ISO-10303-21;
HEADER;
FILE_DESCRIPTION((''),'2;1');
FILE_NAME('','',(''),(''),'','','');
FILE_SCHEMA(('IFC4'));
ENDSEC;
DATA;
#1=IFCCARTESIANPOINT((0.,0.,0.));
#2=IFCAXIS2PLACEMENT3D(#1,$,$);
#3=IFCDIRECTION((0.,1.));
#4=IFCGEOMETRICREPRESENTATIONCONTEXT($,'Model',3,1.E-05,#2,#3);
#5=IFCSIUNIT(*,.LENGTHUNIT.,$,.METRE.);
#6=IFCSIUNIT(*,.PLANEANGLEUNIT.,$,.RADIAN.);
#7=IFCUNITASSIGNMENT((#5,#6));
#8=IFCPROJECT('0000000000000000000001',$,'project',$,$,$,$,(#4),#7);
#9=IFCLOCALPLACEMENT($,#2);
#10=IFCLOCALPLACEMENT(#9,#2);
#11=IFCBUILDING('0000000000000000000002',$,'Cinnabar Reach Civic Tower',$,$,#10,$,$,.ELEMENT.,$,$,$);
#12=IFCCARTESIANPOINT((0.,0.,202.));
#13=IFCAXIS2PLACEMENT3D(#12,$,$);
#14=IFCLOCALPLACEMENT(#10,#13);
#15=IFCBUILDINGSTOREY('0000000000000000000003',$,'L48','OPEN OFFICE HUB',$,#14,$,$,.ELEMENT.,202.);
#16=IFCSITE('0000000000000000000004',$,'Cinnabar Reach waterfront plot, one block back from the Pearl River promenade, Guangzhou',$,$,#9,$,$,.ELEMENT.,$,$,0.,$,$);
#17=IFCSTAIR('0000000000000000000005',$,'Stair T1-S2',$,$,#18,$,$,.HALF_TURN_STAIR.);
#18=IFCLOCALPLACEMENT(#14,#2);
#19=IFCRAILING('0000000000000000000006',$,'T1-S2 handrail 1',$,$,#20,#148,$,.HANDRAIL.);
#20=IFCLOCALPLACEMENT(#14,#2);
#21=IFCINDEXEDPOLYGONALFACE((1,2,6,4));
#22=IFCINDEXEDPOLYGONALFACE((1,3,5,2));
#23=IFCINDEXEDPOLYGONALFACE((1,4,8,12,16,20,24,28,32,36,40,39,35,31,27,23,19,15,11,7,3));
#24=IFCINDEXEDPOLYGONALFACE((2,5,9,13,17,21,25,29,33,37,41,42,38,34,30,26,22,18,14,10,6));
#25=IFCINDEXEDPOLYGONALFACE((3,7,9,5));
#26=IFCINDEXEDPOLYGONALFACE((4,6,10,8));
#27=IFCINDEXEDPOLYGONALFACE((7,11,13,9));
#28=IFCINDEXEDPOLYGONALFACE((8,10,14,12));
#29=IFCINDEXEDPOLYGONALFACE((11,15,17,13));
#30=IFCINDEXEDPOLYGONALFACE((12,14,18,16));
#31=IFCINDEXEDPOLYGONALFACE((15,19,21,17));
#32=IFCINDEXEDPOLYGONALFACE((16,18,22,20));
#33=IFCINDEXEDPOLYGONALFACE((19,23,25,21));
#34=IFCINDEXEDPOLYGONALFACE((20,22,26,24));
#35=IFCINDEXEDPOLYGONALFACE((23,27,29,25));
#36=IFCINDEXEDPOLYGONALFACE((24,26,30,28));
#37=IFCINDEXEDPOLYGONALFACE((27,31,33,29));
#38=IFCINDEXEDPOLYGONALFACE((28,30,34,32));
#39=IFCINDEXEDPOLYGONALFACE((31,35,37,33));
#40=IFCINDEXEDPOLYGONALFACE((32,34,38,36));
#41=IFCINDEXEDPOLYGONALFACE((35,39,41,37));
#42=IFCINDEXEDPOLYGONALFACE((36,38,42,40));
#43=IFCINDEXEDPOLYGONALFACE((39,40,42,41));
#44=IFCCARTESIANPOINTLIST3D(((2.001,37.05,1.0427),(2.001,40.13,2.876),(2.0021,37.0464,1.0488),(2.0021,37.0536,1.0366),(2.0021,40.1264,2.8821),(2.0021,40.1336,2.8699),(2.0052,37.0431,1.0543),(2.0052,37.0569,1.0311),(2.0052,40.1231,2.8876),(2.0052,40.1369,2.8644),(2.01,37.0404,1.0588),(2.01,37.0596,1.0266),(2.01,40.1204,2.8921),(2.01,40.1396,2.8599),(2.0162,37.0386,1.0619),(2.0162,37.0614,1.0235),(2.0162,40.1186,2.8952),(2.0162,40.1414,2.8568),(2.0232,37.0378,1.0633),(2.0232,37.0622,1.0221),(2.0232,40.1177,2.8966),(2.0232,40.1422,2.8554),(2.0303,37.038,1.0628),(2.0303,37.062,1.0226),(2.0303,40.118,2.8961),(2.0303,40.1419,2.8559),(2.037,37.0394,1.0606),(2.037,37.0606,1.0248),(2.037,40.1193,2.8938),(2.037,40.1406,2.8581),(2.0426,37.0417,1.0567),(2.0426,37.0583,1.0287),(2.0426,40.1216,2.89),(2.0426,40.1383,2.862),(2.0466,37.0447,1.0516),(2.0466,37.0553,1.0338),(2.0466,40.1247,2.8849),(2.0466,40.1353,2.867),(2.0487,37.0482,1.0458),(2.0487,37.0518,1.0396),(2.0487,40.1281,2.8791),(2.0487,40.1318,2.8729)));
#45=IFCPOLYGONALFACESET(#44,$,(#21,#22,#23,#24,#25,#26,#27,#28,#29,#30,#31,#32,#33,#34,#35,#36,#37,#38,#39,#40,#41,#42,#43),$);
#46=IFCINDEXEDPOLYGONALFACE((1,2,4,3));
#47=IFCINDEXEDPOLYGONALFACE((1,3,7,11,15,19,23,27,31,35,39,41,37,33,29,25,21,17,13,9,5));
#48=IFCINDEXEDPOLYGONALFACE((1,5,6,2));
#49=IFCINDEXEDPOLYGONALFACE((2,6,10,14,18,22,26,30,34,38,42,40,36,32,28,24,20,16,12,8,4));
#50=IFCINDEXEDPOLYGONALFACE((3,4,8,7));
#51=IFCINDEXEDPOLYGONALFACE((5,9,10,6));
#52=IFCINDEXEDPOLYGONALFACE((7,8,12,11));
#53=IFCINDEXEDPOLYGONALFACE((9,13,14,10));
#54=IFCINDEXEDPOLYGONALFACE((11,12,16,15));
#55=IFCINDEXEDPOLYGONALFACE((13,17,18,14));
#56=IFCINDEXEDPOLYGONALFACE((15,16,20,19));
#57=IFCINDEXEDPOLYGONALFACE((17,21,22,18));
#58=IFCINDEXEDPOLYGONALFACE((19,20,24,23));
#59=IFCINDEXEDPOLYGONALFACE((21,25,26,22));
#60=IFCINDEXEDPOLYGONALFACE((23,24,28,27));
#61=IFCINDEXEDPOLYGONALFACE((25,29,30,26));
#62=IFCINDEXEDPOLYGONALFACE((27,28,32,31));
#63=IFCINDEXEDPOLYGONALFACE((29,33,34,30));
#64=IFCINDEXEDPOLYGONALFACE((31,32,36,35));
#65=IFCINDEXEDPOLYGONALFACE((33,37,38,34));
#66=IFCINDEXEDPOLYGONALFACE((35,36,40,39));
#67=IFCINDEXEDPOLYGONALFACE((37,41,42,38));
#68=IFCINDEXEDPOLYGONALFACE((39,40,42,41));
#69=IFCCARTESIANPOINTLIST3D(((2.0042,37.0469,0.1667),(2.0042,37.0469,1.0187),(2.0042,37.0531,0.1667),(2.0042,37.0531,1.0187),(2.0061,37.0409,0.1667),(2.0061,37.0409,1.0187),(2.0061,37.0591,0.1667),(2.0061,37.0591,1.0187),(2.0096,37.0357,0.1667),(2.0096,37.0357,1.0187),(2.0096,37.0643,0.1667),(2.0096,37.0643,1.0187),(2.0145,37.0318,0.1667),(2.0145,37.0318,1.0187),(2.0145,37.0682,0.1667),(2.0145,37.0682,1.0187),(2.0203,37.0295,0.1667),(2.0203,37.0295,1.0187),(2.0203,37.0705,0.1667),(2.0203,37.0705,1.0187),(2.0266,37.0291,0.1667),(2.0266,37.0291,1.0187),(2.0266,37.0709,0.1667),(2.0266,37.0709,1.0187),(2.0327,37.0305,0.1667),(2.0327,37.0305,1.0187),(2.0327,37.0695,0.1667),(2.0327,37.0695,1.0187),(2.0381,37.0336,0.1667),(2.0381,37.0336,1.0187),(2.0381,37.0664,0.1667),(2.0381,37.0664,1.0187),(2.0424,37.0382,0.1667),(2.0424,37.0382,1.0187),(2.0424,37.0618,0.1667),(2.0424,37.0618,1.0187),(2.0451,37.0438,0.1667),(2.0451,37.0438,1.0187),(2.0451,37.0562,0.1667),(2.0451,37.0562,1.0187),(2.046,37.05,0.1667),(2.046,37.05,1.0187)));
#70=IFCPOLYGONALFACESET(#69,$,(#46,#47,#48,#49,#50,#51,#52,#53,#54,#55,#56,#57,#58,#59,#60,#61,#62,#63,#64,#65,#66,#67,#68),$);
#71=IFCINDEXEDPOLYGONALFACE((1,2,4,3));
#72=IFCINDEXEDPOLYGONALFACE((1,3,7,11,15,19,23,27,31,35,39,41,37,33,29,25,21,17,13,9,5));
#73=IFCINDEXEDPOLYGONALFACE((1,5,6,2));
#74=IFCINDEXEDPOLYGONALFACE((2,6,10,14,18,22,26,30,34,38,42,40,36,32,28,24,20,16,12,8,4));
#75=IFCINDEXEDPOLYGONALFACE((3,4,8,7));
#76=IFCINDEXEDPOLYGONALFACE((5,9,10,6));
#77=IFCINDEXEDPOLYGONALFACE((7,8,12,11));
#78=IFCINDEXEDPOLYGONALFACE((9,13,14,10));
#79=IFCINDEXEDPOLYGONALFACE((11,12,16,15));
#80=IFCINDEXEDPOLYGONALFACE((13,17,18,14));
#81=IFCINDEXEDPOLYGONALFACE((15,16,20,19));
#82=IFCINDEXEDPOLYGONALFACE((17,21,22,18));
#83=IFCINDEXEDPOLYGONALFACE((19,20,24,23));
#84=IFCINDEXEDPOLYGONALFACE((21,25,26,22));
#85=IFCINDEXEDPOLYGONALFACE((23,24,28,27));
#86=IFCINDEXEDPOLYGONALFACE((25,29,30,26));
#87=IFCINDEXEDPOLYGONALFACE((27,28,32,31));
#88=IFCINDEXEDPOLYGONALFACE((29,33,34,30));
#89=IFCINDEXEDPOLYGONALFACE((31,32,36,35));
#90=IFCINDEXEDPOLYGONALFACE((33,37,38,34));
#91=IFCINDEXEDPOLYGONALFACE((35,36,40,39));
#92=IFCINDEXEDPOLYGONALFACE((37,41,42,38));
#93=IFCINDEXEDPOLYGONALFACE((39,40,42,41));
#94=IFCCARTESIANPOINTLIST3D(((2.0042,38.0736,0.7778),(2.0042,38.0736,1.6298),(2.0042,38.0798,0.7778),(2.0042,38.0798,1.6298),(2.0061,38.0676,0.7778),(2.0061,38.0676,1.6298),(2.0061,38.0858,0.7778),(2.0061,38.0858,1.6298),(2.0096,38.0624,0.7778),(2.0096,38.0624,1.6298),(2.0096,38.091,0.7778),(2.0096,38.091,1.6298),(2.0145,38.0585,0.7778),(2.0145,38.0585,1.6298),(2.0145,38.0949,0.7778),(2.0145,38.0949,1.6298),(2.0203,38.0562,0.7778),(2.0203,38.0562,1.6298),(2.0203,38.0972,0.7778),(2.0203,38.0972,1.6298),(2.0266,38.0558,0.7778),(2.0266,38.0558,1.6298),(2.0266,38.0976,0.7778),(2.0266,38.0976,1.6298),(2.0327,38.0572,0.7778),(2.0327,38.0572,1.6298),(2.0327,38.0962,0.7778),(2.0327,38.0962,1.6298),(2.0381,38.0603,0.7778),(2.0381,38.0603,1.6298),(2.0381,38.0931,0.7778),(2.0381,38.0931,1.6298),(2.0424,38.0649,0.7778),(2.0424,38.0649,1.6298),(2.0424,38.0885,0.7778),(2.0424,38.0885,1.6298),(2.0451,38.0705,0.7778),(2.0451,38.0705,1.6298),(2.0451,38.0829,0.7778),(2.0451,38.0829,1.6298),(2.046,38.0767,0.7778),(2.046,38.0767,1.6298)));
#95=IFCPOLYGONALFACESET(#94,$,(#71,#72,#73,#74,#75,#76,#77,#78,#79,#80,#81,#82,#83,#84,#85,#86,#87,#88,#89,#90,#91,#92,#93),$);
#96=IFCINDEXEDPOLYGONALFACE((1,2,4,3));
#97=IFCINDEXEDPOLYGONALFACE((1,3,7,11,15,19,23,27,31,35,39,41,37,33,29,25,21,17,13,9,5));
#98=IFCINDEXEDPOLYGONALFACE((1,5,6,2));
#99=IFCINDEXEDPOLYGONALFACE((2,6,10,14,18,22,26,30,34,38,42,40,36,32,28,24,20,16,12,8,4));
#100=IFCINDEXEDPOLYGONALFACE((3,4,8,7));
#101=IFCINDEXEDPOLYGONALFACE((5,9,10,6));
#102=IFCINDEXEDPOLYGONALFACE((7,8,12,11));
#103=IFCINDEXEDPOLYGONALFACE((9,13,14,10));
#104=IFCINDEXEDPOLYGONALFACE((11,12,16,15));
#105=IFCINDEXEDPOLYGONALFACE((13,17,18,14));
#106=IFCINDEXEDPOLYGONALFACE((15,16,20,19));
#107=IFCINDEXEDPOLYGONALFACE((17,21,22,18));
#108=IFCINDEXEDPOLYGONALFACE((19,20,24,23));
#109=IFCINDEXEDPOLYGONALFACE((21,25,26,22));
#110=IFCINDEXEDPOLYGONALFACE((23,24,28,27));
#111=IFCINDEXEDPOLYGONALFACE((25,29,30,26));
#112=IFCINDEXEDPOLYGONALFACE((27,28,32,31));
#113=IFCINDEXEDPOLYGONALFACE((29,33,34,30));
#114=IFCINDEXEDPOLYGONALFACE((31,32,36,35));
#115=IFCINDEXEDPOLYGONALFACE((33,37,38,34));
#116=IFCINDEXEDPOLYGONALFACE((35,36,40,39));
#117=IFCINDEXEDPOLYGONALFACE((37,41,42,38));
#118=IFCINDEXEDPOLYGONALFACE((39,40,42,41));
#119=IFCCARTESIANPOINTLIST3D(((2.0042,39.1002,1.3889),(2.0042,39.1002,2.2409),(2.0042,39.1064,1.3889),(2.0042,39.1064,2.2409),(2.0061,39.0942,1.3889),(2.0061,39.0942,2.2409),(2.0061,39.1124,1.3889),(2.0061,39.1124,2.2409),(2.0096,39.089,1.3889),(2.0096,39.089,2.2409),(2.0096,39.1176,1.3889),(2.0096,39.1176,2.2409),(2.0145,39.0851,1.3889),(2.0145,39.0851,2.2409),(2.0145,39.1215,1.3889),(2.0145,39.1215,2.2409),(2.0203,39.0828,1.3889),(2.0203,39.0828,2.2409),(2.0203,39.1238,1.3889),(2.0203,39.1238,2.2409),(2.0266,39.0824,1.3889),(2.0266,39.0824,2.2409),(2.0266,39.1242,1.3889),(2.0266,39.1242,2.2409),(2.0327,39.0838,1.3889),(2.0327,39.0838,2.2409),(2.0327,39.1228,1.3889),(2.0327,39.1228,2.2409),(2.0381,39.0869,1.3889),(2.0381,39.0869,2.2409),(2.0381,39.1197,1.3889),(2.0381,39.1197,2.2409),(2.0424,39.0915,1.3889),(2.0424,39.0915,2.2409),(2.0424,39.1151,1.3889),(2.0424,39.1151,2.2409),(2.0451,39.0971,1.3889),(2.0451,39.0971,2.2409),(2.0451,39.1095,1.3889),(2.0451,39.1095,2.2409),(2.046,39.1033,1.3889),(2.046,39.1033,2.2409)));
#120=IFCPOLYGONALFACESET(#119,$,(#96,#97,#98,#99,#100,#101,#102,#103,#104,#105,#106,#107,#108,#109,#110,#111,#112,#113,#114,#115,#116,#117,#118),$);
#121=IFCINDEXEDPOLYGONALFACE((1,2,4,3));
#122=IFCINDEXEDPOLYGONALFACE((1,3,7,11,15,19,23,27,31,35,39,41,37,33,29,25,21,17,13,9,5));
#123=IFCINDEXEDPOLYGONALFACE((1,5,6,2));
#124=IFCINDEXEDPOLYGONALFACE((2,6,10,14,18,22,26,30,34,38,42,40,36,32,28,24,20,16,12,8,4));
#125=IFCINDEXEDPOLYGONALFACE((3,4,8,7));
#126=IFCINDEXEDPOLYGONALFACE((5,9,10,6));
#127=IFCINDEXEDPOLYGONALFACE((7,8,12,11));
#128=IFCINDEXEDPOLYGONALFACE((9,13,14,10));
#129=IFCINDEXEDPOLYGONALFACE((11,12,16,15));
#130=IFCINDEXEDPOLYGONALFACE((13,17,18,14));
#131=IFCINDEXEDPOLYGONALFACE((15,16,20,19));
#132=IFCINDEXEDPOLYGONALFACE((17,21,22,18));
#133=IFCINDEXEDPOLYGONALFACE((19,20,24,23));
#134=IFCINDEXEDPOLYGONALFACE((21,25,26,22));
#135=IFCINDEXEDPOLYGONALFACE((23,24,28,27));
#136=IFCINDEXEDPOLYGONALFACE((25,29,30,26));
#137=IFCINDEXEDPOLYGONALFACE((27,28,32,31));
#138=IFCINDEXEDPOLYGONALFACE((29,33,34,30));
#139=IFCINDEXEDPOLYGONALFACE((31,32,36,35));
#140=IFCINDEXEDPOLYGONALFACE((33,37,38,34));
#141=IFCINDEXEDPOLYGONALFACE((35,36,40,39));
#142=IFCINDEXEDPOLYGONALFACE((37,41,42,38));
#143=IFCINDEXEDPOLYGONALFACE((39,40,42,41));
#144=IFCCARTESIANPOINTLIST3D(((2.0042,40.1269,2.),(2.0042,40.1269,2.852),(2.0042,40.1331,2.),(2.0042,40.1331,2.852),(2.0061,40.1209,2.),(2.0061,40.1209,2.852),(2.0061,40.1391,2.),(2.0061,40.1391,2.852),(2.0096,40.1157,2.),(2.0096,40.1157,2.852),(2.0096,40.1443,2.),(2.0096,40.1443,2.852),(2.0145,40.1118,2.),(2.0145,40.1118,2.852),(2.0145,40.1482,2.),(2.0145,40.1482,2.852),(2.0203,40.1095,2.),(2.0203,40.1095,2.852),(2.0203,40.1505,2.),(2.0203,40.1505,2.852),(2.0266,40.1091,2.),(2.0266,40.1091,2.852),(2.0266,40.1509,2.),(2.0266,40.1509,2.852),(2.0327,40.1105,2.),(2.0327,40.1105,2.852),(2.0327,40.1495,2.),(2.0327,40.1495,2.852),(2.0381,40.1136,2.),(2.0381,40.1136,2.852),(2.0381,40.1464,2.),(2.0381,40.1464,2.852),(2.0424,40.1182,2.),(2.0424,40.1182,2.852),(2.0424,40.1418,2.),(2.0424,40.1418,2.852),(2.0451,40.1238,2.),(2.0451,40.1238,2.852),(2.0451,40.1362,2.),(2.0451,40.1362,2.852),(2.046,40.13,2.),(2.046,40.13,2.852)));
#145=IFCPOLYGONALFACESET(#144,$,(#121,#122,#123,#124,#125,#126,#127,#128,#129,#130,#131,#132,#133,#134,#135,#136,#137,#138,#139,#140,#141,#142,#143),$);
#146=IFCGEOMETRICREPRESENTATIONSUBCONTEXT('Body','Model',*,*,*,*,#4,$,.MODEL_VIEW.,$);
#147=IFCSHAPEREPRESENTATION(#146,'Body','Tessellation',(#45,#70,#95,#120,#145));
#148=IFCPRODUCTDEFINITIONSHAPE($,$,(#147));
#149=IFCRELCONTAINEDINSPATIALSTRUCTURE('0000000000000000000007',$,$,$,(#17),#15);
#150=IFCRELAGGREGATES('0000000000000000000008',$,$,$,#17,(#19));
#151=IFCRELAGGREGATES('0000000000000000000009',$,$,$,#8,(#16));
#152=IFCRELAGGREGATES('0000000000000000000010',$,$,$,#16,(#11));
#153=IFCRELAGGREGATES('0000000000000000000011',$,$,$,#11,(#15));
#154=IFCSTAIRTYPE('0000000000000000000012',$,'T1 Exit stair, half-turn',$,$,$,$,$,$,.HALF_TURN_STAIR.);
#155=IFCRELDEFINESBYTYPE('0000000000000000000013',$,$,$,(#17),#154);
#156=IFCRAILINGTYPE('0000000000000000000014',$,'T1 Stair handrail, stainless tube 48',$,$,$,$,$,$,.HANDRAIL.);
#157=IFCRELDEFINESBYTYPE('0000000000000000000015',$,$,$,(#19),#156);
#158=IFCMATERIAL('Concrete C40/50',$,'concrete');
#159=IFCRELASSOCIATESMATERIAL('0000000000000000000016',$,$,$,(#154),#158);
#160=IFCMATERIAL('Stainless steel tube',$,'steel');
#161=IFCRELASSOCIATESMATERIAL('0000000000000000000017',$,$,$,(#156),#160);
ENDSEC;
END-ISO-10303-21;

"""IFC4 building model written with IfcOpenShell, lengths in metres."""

from ifc_helpers import new_model, si_unit, direction, frame, origin, origin_2d, place, context, subcontext, project, spatial, circle, extrude, material, type_object, element, aggregate, save


model = new_model("IFC4")

# Units and contexts
model_context = context("Model", 3, precision=1e-05, world=origin(), true_north=direction((0.0, 1.0)))
body_context = subcontext(model_context, "Body", "Model", "MODEL_VIEW")
ifc_project = project(units=[si_unit("LENGTHUNIT", "METRE"), si_unit("PLANEANGLEUNIT", "RADIAN")], contexts=[model_context])

# Site, building, storey
site_placement = place(None, origin())
site = spatial("IfcSite", under=ifc_project, at=site_placement, Name="Cinnabar Reach waterfront plot, one block back from the Pearl River promenade, Guangzhou", CompositionType="ELEMENT", RefElevation=0.0)
building_placement = place(site_placement, origin())
building = spatial("IfcBuilding", under=site, at=building_placement, Name="Cinnabar Reach Civic Tower", CompositionType="ELEMENT")
storey_placement = place(building_placement, frame((0.0, 0.0, 202.0)))
storey = spatial("IfcBuildingStorey", under=building, at=storey_placement, Name="L48", Description="OPEN OFFICE HUB", CompositionType="ELEMENT", Elevation=202.0)

# Shared definitions
ifc_material_1 = material(Name="Concrete C40/50", Category="concrete")

# Stair, railing
stair_type = type_object("IfcStairType", Name="T1 Exit stair, half-turn", PredefinedType="HALF_TURN_STAIR", material=ifc_material_1)
stair_placement = place(storey_placement, origin())
stair = element("IfcStair", 1, at=stair_placement, inside=storey, type_object=stair_type, Name="Stair T1-S2", PredefinedType="HALF_TURN_STAIR")
ifc_material_2 = material(Name="Stainless steel tube", Category="steel")
railing_type = type_object("IfcRailingType", Name="T1 Stair handrail, stainless tube 48", PredefinedType="HANDRAIL", material=ifc_material_2)
railing_1_placement = place(storey_placement, frame((2.025, 37.05, 0.1667)))
railing_1 = element("IfcRailing", 2, at=railing_1_placement, type_object=railing_type, Name="T1-S2 handrail 1", PredefinedType="HANDRAIL", context=body_context, shape_type="SweptSolid", body=[
    extrude(circle(Radius=0.024, at=origin_2d()), frame((0.0, 0.0, 0.876), z_axis=(0.0, 0.859297, 0.511477), x_axis=(-1.0, 0.0, 0.0)), (0.0, 0.0, 1.0), 3.5843),
    extrude(circle(Radius=0.021, at=origin_2d()), origin(), (0.0, 0.0, 1.0), 0.852),
    extrude(circle(Radius=0.021, at=origin_2d()), frame((0.0, 1.0267, 0.6111)), (0.0, 0.0, 1.0), 0.852),
    extrude(circle(Radius=0.021, at=origin_2d()), frame((0.0, 2.0533, 1.2222)), (0.0, 0.0, 1.0), 0.852),
    extrude(circle(Radius=0.021, at=origin_2d()), frame((0.0, 3.08, 1.8333)), (0.0, 0.0, 1.0), 0.852),
])
aggregate(stair, [railing_1])

save(model, "model.ifc")
